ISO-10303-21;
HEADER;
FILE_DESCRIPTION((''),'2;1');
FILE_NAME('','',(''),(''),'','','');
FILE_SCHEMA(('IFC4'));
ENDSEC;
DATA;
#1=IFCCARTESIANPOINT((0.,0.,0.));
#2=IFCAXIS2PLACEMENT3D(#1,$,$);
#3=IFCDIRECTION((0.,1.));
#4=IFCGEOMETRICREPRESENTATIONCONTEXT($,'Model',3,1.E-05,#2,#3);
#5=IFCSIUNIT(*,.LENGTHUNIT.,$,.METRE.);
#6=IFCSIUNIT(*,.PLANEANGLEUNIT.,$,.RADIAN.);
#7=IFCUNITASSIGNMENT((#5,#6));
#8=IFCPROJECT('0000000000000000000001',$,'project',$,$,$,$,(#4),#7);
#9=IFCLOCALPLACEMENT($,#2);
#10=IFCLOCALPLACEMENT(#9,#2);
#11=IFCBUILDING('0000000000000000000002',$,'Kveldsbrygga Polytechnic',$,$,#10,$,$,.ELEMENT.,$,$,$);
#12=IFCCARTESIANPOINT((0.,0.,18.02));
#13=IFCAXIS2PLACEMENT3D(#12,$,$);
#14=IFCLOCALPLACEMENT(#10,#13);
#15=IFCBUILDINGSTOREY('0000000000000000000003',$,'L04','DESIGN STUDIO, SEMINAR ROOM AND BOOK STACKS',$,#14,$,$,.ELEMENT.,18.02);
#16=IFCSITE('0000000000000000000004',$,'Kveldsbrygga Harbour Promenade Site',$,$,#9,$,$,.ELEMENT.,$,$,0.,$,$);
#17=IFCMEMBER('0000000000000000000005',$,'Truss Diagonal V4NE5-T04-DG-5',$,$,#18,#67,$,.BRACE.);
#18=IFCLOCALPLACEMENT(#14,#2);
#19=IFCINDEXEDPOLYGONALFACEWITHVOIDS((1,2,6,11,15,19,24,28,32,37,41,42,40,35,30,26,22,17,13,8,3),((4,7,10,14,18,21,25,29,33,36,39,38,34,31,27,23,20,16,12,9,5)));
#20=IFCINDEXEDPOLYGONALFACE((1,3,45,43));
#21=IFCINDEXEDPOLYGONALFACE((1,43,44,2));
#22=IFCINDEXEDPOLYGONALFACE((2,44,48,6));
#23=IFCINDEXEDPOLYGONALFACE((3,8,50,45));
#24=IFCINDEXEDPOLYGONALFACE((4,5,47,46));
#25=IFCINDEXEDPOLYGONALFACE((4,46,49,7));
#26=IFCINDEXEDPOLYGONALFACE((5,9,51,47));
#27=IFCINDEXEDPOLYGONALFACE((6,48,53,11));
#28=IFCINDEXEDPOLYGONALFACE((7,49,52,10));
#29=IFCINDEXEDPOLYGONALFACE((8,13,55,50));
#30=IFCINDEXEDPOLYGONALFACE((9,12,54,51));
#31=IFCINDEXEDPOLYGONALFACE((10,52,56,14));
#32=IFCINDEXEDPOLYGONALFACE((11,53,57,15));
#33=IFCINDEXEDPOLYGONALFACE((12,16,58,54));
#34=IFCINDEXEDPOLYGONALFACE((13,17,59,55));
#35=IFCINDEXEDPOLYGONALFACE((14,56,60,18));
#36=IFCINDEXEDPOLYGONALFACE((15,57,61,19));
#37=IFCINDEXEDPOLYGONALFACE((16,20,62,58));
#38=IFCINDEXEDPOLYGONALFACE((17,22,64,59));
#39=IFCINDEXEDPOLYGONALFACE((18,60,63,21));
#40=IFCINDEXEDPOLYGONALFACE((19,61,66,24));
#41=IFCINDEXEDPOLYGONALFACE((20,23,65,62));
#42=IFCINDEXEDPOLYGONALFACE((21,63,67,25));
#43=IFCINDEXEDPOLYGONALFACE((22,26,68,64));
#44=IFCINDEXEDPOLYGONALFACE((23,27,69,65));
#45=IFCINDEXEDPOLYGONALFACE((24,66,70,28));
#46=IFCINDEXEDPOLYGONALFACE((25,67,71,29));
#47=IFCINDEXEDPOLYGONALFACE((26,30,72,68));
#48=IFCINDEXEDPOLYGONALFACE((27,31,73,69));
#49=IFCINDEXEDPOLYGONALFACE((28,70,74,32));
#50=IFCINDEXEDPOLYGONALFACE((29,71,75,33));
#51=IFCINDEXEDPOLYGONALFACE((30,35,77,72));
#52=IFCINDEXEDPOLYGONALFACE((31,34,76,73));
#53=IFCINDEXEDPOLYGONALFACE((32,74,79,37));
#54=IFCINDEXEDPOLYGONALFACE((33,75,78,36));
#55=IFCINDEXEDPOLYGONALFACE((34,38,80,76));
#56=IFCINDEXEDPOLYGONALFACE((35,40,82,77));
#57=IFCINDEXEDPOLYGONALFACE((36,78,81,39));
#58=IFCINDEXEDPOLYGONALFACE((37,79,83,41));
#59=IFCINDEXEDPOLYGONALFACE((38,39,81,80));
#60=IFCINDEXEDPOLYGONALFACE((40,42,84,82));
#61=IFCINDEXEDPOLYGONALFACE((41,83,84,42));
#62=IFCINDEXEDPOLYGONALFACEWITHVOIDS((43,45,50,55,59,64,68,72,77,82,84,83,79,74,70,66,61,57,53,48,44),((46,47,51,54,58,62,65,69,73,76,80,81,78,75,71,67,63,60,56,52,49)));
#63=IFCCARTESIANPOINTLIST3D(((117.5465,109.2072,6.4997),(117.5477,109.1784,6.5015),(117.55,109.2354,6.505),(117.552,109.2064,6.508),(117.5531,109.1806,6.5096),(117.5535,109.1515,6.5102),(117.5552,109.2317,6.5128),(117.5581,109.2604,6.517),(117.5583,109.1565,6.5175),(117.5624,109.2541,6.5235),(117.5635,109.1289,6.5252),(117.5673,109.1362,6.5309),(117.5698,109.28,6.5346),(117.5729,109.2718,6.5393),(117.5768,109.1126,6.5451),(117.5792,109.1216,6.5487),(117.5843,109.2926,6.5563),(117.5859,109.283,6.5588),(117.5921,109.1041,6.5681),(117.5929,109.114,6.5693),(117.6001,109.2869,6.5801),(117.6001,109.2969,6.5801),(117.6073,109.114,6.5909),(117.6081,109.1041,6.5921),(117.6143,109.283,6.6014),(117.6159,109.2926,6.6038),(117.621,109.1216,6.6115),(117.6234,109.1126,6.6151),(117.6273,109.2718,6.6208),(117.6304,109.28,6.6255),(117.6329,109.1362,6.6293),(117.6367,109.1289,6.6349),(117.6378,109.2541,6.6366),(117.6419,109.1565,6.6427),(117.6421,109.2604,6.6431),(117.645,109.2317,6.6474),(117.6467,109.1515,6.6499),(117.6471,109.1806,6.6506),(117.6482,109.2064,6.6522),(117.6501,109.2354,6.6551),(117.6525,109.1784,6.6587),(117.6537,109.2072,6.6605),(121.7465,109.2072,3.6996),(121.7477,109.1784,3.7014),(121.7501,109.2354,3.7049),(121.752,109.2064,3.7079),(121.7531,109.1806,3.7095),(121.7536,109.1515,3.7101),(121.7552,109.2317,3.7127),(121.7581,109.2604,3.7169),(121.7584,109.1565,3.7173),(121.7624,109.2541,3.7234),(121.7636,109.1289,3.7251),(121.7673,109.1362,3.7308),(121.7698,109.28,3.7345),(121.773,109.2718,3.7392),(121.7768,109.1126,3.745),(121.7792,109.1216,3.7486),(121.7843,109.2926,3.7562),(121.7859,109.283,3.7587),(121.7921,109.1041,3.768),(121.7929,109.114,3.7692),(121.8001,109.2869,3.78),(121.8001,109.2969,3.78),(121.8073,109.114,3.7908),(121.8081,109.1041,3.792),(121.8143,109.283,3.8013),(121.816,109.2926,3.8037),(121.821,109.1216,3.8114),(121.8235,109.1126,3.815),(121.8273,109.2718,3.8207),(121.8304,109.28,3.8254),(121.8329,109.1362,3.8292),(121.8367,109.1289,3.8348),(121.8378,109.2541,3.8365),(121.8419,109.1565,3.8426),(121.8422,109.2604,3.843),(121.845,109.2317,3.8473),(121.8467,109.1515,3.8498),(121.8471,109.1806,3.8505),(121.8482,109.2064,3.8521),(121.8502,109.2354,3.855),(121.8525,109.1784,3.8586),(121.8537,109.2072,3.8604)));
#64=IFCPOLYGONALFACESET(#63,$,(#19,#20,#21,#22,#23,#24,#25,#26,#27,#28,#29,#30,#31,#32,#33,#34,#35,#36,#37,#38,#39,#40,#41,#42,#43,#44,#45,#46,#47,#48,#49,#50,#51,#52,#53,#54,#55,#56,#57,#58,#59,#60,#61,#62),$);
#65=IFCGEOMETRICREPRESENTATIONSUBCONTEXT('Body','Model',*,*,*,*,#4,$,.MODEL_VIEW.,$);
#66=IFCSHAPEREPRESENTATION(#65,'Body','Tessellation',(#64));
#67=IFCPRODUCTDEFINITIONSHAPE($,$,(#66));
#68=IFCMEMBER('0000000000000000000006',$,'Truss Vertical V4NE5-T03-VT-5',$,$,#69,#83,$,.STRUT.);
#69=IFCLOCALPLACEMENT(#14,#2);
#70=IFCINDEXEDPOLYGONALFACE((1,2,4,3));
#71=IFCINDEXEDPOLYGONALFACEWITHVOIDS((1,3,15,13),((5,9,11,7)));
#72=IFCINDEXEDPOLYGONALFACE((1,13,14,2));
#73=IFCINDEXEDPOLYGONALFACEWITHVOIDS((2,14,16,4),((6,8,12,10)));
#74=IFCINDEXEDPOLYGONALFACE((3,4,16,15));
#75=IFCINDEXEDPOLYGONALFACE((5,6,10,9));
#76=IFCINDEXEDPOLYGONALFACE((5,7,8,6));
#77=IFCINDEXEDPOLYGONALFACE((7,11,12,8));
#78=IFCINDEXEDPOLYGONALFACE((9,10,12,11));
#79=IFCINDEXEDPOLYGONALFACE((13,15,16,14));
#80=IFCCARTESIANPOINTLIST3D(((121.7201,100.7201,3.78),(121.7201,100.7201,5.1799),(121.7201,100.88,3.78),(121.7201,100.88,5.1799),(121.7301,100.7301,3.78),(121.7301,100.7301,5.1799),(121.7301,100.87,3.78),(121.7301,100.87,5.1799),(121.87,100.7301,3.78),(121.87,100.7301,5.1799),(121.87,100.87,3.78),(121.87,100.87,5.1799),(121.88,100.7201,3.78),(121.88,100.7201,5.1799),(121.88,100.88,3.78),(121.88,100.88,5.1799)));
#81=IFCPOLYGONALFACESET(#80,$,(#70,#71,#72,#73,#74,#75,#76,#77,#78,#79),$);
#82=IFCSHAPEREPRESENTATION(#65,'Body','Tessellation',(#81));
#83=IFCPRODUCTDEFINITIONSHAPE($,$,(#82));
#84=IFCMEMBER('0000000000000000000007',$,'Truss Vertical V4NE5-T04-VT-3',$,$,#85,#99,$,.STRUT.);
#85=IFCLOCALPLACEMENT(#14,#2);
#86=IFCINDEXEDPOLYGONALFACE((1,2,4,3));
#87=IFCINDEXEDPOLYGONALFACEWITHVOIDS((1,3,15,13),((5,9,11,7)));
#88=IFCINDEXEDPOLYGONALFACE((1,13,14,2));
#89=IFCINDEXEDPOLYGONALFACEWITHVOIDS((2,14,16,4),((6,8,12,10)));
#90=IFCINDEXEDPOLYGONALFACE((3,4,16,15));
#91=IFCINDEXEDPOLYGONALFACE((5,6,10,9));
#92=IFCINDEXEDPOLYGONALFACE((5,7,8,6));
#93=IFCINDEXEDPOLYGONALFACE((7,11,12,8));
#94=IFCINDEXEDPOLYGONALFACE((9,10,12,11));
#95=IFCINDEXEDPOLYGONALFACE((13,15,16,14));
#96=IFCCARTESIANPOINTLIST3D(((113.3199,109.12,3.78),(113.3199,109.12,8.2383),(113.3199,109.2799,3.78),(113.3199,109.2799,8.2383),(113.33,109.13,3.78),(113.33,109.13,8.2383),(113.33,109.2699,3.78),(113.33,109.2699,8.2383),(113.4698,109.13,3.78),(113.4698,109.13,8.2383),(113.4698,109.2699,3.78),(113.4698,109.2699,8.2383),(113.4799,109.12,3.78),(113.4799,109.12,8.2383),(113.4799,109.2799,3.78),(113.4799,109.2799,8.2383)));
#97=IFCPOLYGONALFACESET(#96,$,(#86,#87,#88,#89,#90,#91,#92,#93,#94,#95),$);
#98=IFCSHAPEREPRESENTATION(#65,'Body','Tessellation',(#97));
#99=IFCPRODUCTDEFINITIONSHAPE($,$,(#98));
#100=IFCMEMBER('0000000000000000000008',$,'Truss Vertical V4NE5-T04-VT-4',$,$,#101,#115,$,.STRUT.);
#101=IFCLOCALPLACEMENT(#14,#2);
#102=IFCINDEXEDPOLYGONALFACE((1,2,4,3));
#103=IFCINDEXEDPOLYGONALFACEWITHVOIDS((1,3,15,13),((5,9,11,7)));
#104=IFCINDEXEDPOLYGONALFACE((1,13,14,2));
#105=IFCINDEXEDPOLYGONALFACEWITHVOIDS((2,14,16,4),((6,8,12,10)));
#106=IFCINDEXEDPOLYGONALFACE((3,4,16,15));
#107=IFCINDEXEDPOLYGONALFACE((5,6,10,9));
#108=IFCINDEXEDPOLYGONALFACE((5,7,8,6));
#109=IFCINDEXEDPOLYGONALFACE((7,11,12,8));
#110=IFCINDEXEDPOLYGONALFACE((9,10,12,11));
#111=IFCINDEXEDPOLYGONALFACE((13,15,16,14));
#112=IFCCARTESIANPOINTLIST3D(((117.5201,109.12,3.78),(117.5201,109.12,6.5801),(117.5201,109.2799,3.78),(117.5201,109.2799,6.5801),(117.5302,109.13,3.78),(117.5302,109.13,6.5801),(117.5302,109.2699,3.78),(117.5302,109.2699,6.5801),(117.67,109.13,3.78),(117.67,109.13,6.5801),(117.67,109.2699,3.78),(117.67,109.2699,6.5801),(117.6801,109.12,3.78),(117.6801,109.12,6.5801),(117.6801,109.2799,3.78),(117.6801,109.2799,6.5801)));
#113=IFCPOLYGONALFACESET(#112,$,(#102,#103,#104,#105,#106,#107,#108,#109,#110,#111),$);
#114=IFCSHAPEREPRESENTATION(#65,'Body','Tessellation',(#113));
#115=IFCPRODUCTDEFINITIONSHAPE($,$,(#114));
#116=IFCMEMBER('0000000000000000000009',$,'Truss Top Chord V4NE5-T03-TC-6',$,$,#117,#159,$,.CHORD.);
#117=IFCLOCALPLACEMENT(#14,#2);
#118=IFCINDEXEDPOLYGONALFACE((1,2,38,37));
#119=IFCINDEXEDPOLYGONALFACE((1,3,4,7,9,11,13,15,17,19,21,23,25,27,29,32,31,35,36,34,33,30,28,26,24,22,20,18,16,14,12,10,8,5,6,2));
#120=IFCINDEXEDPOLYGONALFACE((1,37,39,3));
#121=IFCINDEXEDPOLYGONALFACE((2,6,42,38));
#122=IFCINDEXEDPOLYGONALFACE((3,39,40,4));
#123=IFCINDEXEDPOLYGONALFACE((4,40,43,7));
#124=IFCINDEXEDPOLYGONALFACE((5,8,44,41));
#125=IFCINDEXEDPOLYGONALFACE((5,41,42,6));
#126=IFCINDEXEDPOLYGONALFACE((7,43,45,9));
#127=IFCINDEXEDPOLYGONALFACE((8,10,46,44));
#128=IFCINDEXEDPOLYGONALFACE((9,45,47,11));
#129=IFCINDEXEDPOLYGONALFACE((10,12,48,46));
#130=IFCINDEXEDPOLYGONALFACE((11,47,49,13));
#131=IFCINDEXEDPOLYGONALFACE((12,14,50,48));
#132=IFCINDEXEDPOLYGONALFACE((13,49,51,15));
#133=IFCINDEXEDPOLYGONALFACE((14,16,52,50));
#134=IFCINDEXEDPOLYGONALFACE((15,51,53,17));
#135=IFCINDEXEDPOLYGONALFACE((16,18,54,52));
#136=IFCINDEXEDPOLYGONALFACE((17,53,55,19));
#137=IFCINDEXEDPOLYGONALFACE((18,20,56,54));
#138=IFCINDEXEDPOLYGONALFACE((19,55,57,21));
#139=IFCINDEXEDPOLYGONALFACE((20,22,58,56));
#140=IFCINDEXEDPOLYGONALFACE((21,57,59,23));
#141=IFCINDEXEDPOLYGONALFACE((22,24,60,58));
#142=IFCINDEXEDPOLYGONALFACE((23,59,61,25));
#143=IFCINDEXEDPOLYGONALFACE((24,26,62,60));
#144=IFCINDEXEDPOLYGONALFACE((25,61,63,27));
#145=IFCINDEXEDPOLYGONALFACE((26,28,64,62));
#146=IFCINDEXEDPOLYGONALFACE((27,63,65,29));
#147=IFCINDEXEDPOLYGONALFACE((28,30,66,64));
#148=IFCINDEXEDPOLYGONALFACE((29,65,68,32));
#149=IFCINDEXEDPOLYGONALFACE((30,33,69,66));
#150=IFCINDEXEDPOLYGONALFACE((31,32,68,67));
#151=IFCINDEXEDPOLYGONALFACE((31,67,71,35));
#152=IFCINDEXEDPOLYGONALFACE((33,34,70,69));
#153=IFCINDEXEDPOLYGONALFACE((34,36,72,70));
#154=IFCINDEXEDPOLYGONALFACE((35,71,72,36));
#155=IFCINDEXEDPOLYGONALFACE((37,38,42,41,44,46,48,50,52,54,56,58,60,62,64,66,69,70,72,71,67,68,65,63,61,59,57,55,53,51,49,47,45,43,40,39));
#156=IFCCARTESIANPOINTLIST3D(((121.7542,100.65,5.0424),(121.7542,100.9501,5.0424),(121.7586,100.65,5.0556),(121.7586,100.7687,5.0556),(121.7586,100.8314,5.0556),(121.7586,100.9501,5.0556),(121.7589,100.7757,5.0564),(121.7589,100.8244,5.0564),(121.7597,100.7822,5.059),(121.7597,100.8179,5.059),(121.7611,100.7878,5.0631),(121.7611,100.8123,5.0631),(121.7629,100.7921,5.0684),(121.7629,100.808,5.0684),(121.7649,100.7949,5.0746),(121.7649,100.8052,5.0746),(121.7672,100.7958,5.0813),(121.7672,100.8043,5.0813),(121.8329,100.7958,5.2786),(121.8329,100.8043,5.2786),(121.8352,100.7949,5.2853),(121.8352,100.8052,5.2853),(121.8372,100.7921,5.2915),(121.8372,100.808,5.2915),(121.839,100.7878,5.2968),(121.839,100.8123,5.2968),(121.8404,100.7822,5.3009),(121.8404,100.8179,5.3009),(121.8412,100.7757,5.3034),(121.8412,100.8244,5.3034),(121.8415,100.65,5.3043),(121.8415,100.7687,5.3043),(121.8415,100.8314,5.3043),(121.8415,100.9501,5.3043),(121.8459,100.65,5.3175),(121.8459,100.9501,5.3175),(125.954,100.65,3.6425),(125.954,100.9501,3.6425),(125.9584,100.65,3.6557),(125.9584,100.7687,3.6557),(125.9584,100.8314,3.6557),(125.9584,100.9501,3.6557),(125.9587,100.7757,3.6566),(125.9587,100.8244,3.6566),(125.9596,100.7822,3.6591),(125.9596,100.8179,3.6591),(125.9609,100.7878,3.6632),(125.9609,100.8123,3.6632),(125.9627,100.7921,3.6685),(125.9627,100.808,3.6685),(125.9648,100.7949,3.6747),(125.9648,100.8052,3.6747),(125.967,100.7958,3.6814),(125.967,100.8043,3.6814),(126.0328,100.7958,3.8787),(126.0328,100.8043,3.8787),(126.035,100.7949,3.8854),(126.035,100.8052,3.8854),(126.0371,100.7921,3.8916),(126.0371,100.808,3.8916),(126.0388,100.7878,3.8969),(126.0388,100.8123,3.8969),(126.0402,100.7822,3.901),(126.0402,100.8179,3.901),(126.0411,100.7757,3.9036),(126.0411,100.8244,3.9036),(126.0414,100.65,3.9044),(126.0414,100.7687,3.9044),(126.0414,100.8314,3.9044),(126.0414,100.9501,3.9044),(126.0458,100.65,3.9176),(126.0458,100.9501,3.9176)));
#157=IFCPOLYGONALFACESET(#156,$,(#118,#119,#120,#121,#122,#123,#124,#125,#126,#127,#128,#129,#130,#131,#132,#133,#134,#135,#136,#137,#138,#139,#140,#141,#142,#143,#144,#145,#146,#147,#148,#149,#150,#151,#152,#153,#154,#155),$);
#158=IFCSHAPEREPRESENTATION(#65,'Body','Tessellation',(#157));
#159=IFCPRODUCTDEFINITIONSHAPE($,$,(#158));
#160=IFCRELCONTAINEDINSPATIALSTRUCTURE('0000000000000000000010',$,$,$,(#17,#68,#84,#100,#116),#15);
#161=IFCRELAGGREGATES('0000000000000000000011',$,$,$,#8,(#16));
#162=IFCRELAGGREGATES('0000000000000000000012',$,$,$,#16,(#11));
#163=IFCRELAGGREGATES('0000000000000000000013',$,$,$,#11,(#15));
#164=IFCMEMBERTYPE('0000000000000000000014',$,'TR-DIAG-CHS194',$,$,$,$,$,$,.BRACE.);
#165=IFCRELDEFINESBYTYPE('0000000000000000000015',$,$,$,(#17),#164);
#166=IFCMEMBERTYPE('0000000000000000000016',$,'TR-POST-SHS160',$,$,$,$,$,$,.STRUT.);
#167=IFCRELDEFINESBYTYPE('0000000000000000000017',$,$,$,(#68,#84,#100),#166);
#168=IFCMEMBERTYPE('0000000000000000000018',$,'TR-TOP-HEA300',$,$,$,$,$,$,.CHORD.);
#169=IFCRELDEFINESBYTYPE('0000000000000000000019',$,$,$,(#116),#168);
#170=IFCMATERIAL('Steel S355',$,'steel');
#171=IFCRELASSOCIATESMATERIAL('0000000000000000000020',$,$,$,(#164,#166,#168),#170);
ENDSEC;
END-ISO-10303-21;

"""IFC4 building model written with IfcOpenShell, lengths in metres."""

from ifc_helpers import new_model, si_unit, direction, frame, origin, origin_2d, place, context, subcontext, project, spatial, hollow_rectangle, hollow_circle, i_section, extrude, material, material_profile, profile_set, type_object, element, save


model = new_model("IFC4")

# Units and contexts
model_context = context("Model", 3, precision=1e-05, world=origin(), true_north=direction((0.0, 1.0)))
body_context = subcontext(model_context, "Body", "Model", "MODEL_VIEW")
ifc_project = project(units=[si_unit("LENGTHUNIT", "METRE"), si_unit("PLANEANGLEUNIT", "RADIAN")], contexts=[model_context])

# Site, building, storey
site_placement = place(None, origin())
site = spatial("IfcSite", under=ifc_project, at=site_placement, Name="Kveldsbrygga Harbour Promenade Site", CompositionType="ELEMENT", RefElevation=0.0)
building_placement = place(site_placement, origin())
building = spatial("IfcBuilding", under=site, at=building_placement, Name="Kveldsbrygga Polytechnic", CompositionType="ELEMENT")
storey_placement = place(building_placement, frame((0.0, 0.0, 18.02)))
storey = spatial("IfcBuildingStorey", under=building, at=storey_placement, Name="L04", Description="DESIGN STUDIO, SEMINAR ROOM AND BOOK STACKS", CompositionType="ELEMENT", Elevation=18.02)

# Members
ifc_material_1 = material(Name="Steel S355", Category="steel")
ifc_material_profile_1 = material_profile(ifc_material_1, hollow_circle(Radius=0.0969, WallThickness=0.01, at=origin_2d()), Name="CHS 193.7x10.0")
ifc_profile_set_1 = profile_set([ifc_material_profile_1], Name="Steel S355")
member_type_1 = type_object("IfcMemberType", Name="TR-DIAG-CHS194", PredefinedType="BRACE", material=ifc_profile_set_1)
member_1_placement = place(storey_placement, frame((117.6001, 109.2, 6.5801), z_axis=(0.832043, 0.0, -0.554711), x_axis=(0.0, 1.0, 0.0)))
element("IfcMember", 1, at=member_1_placement, inside=storey, type_object=member_type_1, Name="Truss Diagonal V4NE5-T04-DG-5", PredefinedType="BRACE", context=body_context, shape_type="SweptSolid", body=[
    extrude(hollow_circle(Radius=0.0969, WallThickness=0.01, at=origin_2d()), origin(), (0.0, 0.0, 1.0), 5.0479),
])
ifc_material_profile_2 = material_profile(ifc_material_1, hollow_rectangle(XDim=0.1599, YDim=0.1599, WallThickness=0.01, at=origin_2d()), Name="SHS 160x160x10.0")
ifc_profile_set_2 = profile_set([ifc_material_profile_2], Name="Steel S355")
member_type_2 = type_object("IfcMemberType", Name="TR-POST-SHS160", PredefinedType="STRUT", material=ifc_profile_set_2)
member_2_placement = place(storey_placement, frame((121.8, 100.8, 3.78), z_axis=(0.0, 0.0, 1.0), x_axis=(1.0, 0.0, 0.0)))
element("IfcMember", 2, at=member_2_placement, inside=storey, type_object=member_type_2, Name="Truss Vertical V4NE5-T03-VT-5", PredefinedType="STRUT", context=body_context, shape_type="SweptSolid", body=[
    extrude(hollow_rectangle(XDim=0.1599, YDim=0.1599, WallThickness=0.01, at=origin_2d()), origin(), (0.0, 0.0, 1.0), 1.3999),
])
member_3_placement = place(storey_placement, frame((113.3999, 109.2, 3.78), z_axis=(0.0, 0.0, 1.0), x_axis=(1.0, 0.0, 0.0)))
element("IfcMember", 3, at=member_3_placement, inside=storey, type_object=member_type_2, Name="Truss Vertical V4NE5-T04-VT-3", PredefinedType="STRUT", context=body_context, shape_type="SweptSolid", body=[
    extrude(hollow_rectangle(XDim=0.1599, YDim=0.1599, WallThickness=0.01, at=origin_2d()), origin(), (0.0, 0.0, 1.0), 4.4583),
])
member_4_placement = place(storey_placement, frame((117.6001, 109.2, 3.78), z_axis=(0.0, 0.0, 1.0), x_axis=(1.0, 0.0, 0.0)))
element("IfcMember", 4, at=member_4_placement, inside=storey, type_object=member_type_2, Name="Truss Vertical V4NE5-T04-VT-4", PredefinedType="STRUT", context=body_context, shape_type="SweptSolid", body=[
    extrude(hollow_rectangle(XDim=0.1599, YDim=0.1599, WallThickness=0.01, at=origin_2d()), origin(), (0.0, 0.0, 1.0), 2.8),
])
ifc_material_profile_3 = material_profile(ifc_material_1, i_section(OverallWidth=0.3, OverallDepth=0.29, WebThickness=0.0085, FlangeThickness=0.0139, FilletRadius=0.0271, at=origin_2d()), Name="HEA 300")
ifc_profile_set_3 = profile_set([ifc_material_profile_3], Name="Steel S355")
member_type_3 = type_object("IfcMemberType", Name="TR-TOP-HEA300", PredefinedType="CHORD", material=ifc_profile_set_3)
member_5_placement = place(storey_placement, frame((121.8, 100.8, 5.1799), z_axis=(0.948689, 0.0, -0.316211), x_axis=(0.0, 1.0, 0.0)))
element("IfcMember", 5, at=member_5_placement, inside=storey, type_object=member_type_3, Name="Truss Top Chord V4NE5-T03-TC-6", PredefinedType="CHORD", context=body_context, shape_type="SweptSolid", body=[
    extrude(i_section(OverallWidth=0.3, OverallDepth=0.29, WebThickness=0.0085, FlangeThickness=0.0139, FilletRadius=0.0271, at=origin_2d()), origin(), (0.0, 0.0, 1.0), 4.427),
])

save(model, "model.ifc")
